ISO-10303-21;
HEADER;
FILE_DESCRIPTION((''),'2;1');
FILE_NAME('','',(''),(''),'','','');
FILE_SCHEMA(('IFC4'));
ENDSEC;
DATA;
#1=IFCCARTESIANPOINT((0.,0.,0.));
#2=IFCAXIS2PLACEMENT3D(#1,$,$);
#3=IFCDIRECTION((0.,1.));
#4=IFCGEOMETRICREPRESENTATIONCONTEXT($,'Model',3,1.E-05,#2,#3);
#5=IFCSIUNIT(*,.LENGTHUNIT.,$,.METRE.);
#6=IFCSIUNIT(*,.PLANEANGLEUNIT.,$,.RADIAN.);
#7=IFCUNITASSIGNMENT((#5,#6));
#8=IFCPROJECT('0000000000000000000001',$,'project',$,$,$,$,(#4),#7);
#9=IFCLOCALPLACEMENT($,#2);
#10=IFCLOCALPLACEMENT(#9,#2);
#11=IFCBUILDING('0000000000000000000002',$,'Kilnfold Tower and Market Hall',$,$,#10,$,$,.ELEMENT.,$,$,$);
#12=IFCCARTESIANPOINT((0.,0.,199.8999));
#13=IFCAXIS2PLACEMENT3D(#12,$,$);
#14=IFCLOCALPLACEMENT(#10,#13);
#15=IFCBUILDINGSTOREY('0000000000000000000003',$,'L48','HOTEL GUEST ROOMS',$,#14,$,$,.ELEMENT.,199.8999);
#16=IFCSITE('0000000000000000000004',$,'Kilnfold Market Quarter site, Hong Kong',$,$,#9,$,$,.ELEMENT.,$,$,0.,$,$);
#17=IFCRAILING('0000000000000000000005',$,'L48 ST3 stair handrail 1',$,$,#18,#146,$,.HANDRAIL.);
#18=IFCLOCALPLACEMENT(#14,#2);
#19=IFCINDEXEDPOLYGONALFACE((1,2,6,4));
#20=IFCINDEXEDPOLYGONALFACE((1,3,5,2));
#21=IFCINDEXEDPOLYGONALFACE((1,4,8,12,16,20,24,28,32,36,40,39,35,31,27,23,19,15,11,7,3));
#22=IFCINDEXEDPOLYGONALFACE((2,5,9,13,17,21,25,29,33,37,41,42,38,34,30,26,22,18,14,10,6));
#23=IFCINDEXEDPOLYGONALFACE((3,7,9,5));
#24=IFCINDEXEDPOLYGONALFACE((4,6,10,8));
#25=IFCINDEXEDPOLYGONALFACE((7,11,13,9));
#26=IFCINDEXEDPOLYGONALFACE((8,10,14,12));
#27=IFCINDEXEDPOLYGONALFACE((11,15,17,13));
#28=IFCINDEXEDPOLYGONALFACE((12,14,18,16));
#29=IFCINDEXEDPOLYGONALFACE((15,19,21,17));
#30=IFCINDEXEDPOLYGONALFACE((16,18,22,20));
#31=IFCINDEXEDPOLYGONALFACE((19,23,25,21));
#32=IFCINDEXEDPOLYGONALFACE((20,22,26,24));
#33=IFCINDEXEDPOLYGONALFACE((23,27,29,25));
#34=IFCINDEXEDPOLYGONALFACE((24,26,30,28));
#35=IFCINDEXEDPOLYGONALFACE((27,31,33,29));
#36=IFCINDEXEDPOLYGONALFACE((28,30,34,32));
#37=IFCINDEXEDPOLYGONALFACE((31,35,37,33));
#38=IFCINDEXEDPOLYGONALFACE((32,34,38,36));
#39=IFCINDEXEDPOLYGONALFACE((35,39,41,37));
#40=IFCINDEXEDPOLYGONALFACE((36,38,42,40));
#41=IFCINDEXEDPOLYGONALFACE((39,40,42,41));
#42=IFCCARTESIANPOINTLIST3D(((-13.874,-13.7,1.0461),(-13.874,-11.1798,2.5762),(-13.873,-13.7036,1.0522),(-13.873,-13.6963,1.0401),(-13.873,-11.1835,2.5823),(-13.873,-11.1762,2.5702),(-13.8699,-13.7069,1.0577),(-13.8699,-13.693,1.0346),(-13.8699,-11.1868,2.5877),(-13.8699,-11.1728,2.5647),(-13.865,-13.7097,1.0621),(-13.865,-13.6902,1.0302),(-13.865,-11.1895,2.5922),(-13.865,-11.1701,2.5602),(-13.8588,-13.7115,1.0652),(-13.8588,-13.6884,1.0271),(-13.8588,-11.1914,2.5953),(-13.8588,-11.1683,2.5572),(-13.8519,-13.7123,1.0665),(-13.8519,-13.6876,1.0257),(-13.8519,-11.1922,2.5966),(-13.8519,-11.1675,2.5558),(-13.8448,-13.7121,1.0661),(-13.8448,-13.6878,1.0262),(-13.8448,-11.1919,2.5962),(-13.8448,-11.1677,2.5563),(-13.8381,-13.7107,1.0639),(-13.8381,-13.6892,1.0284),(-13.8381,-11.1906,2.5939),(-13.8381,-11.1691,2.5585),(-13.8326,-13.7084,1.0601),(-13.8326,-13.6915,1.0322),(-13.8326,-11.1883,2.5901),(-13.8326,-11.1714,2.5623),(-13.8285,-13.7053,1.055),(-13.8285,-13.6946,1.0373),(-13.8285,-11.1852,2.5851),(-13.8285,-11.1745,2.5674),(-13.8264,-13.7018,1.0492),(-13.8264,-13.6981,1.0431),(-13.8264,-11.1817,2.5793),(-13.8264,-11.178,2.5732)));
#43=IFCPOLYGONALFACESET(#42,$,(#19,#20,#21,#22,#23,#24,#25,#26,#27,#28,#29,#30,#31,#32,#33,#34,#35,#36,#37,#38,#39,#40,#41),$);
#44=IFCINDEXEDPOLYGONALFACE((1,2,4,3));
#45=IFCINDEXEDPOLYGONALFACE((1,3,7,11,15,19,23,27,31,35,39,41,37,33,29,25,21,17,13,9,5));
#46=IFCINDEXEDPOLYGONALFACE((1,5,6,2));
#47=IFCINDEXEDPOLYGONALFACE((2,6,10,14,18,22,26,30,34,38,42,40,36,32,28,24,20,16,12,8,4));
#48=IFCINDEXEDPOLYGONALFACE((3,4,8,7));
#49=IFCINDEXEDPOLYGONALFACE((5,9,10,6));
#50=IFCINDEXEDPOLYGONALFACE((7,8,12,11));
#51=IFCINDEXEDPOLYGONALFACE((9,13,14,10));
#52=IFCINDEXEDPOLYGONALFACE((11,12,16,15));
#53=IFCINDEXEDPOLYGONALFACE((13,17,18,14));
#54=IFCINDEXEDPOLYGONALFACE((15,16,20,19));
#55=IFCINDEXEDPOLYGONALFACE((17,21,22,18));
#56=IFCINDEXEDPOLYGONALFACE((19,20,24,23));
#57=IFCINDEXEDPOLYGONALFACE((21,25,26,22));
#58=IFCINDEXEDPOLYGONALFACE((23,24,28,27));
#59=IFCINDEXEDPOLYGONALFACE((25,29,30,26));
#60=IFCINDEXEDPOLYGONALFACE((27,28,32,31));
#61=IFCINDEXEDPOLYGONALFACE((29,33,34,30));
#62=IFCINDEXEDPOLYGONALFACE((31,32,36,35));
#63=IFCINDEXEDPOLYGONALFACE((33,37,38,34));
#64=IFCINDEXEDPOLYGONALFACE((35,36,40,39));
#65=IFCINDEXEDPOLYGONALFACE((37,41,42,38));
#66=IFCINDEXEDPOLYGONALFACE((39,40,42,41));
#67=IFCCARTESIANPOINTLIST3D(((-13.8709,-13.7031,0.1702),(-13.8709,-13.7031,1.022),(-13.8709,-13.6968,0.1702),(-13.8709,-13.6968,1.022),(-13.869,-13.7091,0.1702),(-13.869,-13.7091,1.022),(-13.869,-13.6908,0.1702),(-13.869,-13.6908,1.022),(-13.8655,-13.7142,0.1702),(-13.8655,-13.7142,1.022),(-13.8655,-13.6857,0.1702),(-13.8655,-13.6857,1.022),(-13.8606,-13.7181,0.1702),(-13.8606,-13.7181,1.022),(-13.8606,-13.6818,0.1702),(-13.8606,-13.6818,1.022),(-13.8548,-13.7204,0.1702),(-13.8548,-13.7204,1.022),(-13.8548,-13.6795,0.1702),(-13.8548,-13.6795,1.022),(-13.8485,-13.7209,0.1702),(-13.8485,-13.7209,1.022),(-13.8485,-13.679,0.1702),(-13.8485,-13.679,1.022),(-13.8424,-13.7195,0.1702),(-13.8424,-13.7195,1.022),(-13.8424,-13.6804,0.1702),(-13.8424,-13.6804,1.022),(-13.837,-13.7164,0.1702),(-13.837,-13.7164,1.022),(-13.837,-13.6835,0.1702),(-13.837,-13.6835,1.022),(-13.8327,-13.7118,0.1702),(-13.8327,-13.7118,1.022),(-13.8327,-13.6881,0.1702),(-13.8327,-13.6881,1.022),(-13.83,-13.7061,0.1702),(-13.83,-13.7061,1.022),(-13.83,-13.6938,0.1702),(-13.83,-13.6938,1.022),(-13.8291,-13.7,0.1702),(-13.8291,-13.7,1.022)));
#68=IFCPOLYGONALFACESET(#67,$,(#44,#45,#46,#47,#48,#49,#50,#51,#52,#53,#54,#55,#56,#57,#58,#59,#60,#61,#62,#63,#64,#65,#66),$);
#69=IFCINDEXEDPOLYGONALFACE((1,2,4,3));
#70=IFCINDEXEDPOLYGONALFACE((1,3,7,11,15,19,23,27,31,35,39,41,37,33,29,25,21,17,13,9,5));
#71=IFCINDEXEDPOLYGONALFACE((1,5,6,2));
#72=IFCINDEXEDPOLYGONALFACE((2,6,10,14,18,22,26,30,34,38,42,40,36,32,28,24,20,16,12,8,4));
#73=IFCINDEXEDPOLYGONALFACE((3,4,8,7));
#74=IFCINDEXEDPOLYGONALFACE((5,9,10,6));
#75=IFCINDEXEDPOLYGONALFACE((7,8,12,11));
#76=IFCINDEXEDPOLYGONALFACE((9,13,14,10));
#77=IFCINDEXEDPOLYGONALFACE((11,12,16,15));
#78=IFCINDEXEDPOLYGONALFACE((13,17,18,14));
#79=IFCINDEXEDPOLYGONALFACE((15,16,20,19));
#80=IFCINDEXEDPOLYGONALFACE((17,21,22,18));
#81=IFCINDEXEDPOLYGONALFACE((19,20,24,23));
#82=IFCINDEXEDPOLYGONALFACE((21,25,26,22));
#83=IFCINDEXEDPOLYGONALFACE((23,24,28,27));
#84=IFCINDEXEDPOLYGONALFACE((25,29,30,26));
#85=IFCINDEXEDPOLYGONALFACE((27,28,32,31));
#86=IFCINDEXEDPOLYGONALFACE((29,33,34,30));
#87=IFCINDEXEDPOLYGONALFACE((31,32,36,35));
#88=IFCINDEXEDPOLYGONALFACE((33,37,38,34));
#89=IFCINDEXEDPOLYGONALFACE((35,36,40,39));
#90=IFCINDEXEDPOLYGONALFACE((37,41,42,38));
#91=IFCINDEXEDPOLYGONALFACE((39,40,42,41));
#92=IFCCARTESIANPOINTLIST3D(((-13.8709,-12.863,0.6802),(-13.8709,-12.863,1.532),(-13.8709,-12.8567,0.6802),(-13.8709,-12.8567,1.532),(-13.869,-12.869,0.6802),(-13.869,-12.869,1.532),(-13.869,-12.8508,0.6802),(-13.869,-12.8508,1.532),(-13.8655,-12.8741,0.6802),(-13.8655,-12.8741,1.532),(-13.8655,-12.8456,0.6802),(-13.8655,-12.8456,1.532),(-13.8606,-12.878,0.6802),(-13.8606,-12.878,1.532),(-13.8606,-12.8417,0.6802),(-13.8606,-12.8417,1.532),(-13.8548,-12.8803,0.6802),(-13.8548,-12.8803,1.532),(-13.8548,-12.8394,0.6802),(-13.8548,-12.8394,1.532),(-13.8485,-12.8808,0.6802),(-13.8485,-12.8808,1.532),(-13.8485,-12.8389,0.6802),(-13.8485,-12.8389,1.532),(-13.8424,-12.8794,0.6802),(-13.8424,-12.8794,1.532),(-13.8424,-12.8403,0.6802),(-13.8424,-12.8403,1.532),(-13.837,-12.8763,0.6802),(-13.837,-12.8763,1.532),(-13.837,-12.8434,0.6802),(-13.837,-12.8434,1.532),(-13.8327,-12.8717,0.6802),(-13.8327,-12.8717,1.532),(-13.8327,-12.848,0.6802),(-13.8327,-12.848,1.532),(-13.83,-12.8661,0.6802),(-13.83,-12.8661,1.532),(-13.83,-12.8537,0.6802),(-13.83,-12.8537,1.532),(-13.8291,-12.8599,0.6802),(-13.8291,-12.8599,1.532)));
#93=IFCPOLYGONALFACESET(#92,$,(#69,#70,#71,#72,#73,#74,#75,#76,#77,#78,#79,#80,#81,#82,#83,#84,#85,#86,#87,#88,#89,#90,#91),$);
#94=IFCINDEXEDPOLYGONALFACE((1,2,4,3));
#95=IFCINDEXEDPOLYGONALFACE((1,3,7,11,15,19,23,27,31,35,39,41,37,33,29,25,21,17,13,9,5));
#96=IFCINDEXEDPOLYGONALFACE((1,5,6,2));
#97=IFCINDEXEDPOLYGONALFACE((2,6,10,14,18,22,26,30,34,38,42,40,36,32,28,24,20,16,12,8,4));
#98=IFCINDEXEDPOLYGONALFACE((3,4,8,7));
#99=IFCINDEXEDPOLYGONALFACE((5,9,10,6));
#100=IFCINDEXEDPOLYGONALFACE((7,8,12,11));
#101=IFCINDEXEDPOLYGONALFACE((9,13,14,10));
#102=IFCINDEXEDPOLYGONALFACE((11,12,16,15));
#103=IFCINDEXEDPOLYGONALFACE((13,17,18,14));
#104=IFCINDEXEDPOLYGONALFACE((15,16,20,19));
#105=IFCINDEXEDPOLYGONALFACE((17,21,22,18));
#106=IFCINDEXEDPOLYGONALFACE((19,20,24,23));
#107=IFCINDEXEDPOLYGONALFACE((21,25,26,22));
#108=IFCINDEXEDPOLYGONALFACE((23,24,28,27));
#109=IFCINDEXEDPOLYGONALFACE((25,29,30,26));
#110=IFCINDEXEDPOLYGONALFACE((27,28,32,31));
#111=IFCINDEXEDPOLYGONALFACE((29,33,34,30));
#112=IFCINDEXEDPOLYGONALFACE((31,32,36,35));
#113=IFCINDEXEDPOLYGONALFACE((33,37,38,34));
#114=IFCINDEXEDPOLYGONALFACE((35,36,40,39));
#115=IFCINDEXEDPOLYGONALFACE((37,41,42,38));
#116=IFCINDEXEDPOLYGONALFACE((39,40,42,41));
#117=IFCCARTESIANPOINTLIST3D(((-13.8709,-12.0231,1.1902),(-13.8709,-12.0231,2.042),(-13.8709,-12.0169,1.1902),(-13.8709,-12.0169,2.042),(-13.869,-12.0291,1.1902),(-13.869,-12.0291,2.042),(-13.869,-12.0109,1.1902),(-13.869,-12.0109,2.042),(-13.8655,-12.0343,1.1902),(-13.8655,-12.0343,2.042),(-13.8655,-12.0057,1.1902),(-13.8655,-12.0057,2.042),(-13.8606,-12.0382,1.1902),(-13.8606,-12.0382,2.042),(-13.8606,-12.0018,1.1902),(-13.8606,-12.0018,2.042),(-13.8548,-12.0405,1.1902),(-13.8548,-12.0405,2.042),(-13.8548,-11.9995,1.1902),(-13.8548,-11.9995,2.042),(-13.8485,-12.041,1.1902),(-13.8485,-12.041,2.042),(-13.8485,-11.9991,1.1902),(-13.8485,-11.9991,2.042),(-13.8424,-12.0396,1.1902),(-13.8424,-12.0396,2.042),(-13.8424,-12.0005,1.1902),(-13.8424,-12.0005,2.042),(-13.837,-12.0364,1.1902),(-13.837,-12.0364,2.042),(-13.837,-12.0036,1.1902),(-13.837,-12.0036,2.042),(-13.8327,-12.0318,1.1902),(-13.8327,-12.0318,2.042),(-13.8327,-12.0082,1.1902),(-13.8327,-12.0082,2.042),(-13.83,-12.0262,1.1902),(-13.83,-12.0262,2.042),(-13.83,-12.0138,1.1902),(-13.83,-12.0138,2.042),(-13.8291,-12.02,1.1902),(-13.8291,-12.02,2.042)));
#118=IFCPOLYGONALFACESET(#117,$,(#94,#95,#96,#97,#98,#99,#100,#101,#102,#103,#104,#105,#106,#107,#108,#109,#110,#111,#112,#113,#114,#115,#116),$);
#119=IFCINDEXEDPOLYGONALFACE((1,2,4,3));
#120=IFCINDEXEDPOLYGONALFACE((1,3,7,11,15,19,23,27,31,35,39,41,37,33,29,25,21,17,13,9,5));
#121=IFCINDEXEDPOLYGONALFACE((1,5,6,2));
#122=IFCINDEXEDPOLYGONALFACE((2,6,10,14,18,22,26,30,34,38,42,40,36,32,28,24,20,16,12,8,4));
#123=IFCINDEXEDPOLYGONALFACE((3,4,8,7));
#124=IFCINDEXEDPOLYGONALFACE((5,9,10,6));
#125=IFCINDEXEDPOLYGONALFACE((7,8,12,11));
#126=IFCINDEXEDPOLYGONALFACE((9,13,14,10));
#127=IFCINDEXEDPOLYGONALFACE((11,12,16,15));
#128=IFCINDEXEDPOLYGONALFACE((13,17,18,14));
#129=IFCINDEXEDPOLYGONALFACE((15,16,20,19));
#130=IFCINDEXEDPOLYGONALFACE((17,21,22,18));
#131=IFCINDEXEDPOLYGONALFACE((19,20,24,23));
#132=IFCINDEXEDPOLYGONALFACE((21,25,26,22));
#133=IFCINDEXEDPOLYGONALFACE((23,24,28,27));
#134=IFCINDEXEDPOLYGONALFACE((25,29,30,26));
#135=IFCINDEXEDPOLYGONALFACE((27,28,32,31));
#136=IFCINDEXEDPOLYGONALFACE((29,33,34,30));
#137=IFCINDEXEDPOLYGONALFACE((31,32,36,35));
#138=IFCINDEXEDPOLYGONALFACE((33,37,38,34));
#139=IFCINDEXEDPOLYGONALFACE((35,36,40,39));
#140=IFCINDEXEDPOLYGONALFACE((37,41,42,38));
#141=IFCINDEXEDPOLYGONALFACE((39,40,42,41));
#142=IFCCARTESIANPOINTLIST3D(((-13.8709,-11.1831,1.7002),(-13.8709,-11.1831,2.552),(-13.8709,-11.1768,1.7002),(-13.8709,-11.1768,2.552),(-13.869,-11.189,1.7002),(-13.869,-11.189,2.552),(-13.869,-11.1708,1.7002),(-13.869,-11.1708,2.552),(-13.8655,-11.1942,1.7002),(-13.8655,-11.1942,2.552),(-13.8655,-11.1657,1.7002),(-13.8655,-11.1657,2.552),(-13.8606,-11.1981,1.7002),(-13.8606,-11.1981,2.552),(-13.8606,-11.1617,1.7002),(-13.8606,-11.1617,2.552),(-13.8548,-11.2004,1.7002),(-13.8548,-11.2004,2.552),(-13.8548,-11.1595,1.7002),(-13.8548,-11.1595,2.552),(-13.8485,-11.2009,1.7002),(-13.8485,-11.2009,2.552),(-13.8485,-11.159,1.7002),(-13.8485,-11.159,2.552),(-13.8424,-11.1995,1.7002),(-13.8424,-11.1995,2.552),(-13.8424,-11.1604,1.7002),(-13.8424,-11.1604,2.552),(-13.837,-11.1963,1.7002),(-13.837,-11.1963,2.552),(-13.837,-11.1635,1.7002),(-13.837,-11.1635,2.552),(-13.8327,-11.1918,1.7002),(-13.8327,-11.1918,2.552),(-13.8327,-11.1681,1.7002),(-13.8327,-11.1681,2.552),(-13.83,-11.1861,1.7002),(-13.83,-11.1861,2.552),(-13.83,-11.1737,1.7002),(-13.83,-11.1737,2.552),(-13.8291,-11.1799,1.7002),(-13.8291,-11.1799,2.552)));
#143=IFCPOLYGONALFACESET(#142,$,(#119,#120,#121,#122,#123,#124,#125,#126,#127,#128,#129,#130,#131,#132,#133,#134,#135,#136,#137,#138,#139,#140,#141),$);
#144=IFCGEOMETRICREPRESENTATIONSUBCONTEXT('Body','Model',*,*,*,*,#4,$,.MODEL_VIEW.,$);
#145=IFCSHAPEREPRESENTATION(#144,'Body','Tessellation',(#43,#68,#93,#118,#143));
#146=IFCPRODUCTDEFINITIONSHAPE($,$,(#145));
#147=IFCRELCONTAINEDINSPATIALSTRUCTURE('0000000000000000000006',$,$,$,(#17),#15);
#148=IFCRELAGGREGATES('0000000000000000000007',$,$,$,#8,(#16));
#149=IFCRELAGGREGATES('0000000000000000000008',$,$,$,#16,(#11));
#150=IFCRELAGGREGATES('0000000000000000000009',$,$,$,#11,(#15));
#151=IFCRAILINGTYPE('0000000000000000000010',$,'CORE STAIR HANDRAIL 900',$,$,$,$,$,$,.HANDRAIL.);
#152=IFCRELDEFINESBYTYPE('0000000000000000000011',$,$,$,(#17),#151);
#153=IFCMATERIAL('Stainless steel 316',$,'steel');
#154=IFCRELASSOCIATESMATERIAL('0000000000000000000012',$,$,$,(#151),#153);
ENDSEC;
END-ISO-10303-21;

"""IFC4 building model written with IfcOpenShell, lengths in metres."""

from ifc_helpers import new_model, si_unit, direction, frame, origin, origin_2d, place, context, subcontext, project, spatial, circle, extrude, material, type_object, element, save


model = new_model("IFC4")

# Units and contexts
model_context = context("Model", 3, precision=1e-05, world=origin(), true_north=direction((0.0, 1.0)))
body_context = subcontext(model_context, "Body", "Model", "MODEL_VIEW")
ifc_project = project(units=[si_unit("LENGTHUNIT", "METRE"), si_unit("PLANEANGLEUNIT", "RADIAN")], contexts=[model_context])

# Site, building, storey
site_placement = place(None, origin())
site = spatial("IfcSite", under=ifc_project, at=site_placement, Name="Kilnfold Market Quarter site, Hong Kong", CompositionType="ELEMENT", RefElevation=0.0)
building_placement = place(site_placement, origin())
building = spatial("IfcBuilding", under=site, at=building_placement, Name="Kilnfold Tower and Market Hall", CompositionType="ELEMENT")
storey_placement = place(building_placement, frame((0.0, 0.0, 199.8999)))
storey = spatial("IfcBuildingStorey", under=building, at=storey_placement, Name="L48", Description="HOTEL GUEST ROOMS", CompositionType="ELEMENT", Elevation=199.8999)

# Railing
ifc_material_1 = material(Name="Stainless steel 316", Category="steel")
railing_type = type_object("IfcRailingType", Name="CORE STAIR HANDRAIL 900", PredefinedType="HANDRAIL", material=ifc_material_1)
railing_placement = place(storey_placement, frame((-13.8501, -13.7, 0.1702)))
element("IfcRailing", 1, at=railing_placement, inside=storey, type_object=railing_type, Name="L48 ST3 stair handrail 1", PredefinedType="HANDRAIL", context=body_context, shape_type="SweptSolid", body=[
    extrude(circle(Radius=0.0239, at=origin_2d()), frame((0.0, 0.0, 0.876), z_axis=(0.0, 0.854785, 0.518982), x_axis=(-1.0, 0.0, 0.0)), (0.0, 0.0, 1.0), 2.9482),
    extrude(circle(Radius=0.021, at=origin_2d()), origin(), (0.0, 0.0, 1.0), 0.8518),
    extrude(circle(Radius=0.021, at=origin_2d()), frame((0.0, 0.8401, 0.51)), (0.0, 0.0, 1.0), 0.8518),
    extrude(circle(Radius=0.021, at=origin_2d()), frame((0.0, 1.6799, 1.02)), (0.0, 0.0, 1.0), 0.8518),
    extrude(circle(Radius=0.021, at=origin_2d()), frame((0.0, 2.52, 1.53)), (0.0, 0.0, 1.0), 0.8518),
])

save(model, "model.ifc")
